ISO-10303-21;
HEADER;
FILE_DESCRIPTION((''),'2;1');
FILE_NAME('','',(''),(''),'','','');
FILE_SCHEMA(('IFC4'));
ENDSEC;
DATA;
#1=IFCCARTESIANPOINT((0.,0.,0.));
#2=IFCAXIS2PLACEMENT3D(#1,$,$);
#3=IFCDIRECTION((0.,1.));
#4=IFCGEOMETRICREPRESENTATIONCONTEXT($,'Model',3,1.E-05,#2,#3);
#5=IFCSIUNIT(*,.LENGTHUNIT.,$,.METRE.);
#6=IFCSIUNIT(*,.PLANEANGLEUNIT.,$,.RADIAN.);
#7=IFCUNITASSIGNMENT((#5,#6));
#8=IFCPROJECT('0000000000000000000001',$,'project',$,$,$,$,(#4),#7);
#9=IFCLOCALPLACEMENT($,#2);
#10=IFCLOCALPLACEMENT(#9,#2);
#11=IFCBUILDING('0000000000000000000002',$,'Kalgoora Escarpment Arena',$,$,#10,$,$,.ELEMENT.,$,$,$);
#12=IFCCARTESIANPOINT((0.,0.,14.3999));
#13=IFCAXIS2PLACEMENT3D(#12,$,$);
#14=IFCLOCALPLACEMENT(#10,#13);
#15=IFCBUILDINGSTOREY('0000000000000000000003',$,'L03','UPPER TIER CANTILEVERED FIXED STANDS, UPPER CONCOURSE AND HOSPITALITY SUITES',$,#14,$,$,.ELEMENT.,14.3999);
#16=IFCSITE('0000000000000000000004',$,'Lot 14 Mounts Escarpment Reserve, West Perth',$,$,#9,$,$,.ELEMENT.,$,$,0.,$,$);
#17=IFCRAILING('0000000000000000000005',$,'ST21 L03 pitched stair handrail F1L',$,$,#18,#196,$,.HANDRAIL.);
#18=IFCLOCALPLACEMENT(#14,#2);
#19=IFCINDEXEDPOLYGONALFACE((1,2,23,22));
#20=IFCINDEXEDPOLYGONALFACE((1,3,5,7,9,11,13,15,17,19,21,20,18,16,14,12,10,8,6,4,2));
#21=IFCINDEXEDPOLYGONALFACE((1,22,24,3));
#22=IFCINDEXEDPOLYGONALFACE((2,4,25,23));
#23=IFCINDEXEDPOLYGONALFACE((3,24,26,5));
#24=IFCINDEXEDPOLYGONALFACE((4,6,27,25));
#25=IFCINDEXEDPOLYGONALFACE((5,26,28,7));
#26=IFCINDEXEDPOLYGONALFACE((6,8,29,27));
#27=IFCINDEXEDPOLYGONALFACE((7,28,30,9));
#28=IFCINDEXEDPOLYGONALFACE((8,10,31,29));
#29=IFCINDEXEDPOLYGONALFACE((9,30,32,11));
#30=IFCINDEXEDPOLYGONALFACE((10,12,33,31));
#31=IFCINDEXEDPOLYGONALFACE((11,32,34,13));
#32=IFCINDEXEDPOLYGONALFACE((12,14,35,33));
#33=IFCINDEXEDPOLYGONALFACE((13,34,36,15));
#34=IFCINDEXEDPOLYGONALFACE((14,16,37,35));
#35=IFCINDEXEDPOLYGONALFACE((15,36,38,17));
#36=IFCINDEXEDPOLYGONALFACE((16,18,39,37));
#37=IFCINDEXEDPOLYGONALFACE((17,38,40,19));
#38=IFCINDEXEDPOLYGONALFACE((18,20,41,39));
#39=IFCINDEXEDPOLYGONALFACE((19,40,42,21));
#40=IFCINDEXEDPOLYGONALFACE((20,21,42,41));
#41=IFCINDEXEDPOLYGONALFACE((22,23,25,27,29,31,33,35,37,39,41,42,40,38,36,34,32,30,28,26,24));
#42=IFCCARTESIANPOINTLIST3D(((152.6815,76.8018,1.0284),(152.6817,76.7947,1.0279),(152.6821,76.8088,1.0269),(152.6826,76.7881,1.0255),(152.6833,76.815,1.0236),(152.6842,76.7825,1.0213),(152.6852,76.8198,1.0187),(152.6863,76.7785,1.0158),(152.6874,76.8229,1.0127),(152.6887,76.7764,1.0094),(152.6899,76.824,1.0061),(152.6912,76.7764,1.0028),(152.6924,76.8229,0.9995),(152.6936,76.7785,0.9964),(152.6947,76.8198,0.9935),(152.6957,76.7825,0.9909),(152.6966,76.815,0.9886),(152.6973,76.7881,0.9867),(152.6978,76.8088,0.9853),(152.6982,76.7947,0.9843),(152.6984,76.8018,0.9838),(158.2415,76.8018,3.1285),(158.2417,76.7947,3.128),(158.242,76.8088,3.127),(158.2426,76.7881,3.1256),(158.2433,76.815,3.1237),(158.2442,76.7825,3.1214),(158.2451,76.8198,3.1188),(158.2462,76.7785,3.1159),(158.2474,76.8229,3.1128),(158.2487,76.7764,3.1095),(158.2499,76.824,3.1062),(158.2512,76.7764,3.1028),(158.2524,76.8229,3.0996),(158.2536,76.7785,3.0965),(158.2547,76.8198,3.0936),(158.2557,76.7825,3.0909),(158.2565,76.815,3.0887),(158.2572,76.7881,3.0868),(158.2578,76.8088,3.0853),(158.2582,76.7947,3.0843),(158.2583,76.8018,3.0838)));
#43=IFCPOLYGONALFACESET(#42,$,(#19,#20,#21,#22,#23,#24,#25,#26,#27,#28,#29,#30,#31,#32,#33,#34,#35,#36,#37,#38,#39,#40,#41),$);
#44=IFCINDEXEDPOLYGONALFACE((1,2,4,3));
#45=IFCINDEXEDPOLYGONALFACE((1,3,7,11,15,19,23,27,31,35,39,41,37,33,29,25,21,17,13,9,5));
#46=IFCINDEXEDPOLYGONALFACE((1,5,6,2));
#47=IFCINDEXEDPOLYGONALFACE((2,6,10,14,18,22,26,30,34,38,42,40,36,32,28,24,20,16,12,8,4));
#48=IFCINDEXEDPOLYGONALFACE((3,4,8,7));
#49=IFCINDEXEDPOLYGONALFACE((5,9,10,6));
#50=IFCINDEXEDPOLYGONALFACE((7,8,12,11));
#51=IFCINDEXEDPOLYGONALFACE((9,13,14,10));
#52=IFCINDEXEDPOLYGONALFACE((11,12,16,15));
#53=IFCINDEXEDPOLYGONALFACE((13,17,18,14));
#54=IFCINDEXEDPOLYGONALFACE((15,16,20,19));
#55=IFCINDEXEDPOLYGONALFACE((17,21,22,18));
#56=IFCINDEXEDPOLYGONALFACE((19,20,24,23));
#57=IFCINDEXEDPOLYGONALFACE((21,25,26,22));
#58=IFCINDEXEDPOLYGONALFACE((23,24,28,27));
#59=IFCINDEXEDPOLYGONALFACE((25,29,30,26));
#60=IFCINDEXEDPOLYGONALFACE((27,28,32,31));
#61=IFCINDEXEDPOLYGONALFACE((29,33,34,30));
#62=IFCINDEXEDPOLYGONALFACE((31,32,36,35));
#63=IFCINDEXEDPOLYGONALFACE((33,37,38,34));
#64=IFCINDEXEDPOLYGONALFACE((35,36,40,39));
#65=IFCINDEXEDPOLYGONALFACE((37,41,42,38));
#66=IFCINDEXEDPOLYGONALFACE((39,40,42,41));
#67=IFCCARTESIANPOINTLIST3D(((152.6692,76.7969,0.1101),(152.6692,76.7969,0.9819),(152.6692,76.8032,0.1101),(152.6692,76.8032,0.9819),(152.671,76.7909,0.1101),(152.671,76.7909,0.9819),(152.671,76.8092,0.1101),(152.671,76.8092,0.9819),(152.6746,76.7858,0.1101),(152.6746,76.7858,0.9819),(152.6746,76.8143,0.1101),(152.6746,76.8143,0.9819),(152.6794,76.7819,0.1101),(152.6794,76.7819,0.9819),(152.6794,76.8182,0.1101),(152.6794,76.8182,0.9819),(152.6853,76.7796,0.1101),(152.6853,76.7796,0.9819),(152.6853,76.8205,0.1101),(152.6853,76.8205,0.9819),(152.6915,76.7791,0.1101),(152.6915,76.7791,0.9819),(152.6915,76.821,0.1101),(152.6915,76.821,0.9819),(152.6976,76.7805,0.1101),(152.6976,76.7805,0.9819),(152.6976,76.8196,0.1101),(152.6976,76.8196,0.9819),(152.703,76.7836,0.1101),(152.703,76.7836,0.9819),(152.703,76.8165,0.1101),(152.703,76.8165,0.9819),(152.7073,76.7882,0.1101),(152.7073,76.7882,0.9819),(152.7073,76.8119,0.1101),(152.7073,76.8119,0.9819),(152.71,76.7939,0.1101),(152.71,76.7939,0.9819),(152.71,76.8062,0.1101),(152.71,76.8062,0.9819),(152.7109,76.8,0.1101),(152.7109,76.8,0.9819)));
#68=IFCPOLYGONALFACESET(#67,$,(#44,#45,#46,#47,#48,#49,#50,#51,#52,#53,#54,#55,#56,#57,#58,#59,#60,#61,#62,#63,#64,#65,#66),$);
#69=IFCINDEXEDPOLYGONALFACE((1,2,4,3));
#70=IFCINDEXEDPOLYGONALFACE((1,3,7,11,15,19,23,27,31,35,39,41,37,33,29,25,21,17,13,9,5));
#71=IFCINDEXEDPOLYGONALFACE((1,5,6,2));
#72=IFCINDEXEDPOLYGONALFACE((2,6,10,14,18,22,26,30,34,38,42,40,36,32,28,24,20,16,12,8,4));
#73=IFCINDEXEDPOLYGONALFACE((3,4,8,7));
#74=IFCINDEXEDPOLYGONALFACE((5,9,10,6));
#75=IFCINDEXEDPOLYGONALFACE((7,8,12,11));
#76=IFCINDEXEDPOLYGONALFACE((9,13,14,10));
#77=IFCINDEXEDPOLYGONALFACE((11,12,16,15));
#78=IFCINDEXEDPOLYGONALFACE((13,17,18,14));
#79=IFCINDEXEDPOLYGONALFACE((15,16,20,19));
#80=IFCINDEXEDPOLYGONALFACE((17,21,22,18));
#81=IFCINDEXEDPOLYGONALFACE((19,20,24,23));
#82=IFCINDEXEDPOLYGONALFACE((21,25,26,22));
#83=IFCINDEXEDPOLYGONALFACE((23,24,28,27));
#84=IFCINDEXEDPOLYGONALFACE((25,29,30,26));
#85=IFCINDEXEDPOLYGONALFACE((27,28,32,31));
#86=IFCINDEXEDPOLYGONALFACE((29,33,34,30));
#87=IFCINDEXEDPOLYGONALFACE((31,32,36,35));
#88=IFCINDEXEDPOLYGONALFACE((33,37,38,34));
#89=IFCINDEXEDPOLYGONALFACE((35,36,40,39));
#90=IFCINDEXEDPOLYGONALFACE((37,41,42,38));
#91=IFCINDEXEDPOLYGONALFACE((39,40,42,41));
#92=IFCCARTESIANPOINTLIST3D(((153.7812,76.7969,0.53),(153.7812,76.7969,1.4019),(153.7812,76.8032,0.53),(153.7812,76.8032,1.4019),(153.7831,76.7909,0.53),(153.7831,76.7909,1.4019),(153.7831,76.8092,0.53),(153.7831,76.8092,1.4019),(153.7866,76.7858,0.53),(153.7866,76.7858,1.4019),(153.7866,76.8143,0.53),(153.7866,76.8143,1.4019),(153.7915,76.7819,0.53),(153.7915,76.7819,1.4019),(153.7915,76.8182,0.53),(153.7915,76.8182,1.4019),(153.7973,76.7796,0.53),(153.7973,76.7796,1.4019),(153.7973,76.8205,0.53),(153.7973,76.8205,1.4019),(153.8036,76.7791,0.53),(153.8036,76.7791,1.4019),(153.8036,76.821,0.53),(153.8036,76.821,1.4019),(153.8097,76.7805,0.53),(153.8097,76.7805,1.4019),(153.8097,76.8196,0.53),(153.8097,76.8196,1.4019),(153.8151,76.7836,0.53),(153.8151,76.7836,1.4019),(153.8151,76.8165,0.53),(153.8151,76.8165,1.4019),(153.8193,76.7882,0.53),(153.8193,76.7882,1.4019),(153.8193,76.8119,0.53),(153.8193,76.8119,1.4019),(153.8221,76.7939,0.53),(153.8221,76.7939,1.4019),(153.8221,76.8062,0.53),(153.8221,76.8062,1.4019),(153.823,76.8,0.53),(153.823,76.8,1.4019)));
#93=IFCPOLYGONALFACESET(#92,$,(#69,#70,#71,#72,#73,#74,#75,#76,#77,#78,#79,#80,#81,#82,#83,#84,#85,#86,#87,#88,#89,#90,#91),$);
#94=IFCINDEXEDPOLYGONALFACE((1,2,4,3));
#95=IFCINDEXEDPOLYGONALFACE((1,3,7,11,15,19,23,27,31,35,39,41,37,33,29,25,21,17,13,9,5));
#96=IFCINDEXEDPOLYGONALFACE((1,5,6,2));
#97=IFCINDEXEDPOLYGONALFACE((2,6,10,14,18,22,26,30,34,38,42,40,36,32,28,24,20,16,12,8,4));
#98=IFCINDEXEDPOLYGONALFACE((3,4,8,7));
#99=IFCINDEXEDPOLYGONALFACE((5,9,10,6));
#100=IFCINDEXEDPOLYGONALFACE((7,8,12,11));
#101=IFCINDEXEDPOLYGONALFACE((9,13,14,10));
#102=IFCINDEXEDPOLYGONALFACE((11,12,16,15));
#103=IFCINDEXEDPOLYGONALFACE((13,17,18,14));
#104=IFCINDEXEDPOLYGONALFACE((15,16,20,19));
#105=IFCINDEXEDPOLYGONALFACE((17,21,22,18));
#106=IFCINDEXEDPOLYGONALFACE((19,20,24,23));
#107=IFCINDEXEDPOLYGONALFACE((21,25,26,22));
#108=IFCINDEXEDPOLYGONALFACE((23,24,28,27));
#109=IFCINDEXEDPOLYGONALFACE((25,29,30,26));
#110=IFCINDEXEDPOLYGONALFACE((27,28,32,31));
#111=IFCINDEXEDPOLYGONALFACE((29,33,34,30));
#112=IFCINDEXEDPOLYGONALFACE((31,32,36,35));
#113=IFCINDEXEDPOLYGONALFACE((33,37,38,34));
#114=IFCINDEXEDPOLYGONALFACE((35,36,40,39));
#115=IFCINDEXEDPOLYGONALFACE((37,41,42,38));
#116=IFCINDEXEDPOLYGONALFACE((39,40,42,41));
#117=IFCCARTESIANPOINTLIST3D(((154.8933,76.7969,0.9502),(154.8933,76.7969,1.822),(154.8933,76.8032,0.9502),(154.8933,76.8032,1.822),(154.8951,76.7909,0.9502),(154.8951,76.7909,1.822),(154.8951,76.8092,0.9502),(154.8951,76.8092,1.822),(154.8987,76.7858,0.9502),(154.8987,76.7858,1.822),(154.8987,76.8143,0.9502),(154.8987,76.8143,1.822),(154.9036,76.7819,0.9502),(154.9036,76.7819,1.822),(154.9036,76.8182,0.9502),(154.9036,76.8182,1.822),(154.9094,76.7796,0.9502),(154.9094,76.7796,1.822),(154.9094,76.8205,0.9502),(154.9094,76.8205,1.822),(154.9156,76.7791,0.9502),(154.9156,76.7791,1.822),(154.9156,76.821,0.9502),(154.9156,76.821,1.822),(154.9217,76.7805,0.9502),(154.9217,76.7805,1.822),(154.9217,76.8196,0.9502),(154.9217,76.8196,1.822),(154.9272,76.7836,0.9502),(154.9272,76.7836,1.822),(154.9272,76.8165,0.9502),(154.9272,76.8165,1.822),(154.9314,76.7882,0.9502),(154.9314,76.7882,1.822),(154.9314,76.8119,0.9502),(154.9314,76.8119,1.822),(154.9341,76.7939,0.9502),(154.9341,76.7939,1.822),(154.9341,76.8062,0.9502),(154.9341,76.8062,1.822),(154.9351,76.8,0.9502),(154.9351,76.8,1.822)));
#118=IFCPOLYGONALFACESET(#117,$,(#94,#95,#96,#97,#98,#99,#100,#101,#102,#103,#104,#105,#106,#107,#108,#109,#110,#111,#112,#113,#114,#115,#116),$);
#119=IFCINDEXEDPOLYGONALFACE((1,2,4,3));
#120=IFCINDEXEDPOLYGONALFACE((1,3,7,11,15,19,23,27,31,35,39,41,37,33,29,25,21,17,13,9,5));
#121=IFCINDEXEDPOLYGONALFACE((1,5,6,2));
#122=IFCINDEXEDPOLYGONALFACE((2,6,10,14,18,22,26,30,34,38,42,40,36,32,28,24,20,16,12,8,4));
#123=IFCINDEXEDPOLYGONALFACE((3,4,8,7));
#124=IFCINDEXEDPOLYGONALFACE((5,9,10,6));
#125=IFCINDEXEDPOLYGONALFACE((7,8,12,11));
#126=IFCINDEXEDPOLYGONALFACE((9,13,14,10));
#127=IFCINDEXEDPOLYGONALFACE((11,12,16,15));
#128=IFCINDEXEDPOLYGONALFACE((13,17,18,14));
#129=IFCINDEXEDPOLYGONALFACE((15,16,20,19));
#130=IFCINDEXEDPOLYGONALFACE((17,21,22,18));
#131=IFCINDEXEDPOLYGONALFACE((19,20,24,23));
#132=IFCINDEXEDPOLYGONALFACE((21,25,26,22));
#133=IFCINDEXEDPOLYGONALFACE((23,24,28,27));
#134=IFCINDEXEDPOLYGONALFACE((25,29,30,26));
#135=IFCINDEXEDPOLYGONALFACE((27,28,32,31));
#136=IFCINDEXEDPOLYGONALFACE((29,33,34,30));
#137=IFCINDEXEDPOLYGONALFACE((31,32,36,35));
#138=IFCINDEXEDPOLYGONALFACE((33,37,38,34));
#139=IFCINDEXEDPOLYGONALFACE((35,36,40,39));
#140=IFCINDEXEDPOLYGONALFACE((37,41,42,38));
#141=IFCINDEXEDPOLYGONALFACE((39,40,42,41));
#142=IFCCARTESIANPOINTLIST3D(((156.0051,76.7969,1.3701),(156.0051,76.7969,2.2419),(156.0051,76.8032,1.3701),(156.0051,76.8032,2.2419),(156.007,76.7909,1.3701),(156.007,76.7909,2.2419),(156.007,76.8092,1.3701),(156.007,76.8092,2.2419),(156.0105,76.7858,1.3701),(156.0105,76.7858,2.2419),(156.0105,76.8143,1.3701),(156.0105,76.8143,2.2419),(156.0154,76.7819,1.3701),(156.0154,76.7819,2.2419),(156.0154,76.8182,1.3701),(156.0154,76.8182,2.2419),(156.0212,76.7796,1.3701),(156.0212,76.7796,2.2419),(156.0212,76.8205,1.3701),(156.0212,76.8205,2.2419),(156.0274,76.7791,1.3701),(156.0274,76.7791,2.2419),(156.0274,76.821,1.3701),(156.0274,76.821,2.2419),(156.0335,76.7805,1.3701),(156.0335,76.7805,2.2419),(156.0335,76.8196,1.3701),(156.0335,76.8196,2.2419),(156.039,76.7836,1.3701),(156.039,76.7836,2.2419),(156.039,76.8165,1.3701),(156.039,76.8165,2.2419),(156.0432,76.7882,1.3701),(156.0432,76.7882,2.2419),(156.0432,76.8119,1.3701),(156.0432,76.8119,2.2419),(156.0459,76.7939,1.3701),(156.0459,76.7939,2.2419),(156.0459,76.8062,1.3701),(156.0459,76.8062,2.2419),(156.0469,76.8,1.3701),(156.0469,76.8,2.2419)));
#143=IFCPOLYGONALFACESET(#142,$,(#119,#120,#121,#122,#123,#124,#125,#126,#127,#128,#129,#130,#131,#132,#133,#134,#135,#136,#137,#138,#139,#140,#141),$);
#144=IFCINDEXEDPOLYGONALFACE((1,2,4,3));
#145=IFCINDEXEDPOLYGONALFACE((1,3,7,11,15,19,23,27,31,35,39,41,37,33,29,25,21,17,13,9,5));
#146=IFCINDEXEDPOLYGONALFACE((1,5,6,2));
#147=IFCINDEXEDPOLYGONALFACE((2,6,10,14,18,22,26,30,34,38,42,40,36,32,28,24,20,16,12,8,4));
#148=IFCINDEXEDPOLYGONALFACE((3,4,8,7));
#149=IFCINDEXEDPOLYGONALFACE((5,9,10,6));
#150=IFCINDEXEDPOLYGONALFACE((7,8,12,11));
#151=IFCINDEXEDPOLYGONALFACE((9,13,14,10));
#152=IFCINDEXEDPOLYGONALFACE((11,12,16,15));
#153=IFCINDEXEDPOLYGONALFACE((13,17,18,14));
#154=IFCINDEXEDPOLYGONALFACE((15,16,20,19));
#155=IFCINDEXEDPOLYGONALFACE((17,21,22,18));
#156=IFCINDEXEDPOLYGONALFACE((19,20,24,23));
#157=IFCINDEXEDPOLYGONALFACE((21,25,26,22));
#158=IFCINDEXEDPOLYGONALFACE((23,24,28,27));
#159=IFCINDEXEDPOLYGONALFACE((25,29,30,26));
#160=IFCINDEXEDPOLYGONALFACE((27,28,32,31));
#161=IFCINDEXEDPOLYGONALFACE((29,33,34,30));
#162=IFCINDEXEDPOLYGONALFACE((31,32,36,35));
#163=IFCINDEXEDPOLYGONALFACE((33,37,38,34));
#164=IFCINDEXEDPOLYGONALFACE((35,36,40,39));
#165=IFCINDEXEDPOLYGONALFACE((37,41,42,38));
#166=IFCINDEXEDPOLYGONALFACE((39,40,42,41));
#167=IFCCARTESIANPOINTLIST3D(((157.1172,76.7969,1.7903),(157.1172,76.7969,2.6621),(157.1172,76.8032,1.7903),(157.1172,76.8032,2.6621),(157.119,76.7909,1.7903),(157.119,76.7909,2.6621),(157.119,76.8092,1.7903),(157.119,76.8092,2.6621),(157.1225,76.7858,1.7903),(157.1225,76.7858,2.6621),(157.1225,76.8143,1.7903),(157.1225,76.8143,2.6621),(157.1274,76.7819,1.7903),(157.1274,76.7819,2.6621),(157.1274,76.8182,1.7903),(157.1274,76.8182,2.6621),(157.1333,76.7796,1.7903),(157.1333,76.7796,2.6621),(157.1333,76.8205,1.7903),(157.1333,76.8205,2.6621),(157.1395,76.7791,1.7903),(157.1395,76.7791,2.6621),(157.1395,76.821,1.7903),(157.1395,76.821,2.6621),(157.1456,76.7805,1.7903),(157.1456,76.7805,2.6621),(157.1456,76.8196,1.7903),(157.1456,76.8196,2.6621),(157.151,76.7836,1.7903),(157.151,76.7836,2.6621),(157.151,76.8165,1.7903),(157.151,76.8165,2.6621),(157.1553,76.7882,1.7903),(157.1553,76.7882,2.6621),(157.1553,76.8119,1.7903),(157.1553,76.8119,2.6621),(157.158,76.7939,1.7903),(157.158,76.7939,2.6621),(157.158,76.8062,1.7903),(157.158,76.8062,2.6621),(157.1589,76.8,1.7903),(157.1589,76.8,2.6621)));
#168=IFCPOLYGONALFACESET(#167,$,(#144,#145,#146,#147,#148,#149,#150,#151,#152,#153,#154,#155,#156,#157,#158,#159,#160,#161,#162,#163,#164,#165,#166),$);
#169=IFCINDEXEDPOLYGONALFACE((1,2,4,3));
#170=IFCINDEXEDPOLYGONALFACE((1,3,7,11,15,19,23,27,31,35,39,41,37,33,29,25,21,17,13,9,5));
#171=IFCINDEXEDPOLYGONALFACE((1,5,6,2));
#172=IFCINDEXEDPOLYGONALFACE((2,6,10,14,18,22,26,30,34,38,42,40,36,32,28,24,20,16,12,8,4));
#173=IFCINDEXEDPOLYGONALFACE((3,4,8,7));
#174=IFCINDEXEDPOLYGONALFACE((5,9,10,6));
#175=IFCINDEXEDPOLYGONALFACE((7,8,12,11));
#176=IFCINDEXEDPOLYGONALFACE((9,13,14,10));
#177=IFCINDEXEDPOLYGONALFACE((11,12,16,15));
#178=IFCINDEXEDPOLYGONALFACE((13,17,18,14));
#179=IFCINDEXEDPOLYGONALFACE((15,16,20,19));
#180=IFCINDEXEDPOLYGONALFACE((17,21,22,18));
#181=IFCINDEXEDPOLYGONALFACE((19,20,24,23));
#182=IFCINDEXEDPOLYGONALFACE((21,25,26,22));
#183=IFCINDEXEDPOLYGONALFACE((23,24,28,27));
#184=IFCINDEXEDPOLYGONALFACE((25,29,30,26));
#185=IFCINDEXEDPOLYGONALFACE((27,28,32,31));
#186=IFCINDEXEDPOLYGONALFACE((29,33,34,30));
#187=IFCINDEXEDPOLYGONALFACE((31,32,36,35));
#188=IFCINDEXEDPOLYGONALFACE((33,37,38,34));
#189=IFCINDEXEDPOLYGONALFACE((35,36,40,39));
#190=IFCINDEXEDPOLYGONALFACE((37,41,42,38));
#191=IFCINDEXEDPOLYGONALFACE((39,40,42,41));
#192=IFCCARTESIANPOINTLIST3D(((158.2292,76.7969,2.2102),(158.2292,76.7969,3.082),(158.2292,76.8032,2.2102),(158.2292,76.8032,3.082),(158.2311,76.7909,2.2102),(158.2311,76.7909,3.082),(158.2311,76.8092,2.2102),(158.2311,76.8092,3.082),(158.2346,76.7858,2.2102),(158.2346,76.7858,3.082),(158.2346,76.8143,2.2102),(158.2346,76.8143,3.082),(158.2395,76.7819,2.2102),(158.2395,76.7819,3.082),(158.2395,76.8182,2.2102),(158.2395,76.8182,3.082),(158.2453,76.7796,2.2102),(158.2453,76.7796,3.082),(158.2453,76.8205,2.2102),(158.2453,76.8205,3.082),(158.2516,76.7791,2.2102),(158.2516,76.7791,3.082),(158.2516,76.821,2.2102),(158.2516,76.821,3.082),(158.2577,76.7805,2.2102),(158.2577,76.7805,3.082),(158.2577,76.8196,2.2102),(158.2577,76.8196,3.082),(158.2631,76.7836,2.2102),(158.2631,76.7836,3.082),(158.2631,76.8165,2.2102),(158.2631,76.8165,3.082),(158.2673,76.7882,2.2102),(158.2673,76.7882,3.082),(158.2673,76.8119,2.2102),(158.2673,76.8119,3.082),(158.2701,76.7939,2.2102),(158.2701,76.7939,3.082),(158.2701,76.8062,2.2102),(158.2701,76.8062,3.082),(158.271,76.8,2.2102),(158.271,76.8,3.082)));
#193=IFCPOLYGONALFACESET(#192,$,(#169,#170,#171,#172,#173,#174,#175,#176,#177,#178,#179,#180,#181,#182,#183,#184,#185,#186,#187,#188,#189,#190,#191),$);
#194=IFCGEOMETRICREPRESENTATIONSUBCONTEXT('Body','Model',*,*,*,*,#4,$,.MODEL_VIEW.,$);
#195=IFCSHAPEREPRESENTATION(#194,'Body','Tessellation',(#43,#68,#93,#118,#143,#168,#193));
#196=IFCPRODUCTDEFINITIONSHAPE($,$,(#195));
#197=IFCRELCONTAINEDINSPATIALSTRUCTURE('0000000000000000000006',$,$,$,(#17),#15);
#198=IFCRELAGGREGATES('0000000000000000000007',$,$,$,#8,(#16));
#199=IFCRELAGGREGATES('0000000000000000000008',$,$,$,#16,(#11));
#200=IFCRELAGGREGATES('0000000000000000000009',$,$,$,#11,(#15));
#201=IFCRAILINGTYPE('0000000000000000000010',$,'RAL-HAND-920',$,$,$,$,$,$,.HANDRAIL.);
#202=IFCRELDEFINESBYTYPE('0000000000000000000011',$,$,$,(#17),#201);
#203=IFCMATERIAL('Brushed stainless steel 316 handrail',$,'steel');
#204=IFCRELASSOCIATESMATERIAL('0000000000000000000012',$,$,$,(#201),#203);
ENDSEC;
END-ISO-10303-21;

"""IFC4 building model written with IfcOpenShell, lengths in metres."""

from ifc_helpers import new_model, si_unit, direction, frame, origin, origin_2d, place, context, subcontext, project, spatial, circle, extrude, material, type_object, element, save


model = new_model("IFC4")

# Units and contexts
model_context = context("Model", 3, precision=1e-05, world=origin(), true_north=direction((0.0, 1.0)))
body_context = subcontext(model_context, "Body", "Model", "MODEL_VIEW")
ifc_project = project(units=[si_unit("LENGTHUNIT", "METRE"), si_unit("PLANEANGLEUNIT", "RADIAN")], contexts=[model_context])

# Site, building, storey
site_placement = place(None, origin())
site = spatial("IfcSite", under=ifc_project, at=site_placement, Name="Lot 14 Mounts Escarpment Reserve, West Perth", CompositionType="ELEMENT", RefElevation=0.0)
building_placement = place(site_placement, origin())
building = spatial("IfcBuilding", under=site, at=building_placement, Name="Kalgoora Escarpment Arena", CompositionType="ELEMENT")
storey_placement = place(building_placement, frame((0.0, 0.0, 14.3999)))
storey = spatial("IfcBuildingStorey", under=building, at=storey_placement, Name="L03", Description="UPPER TIER CANTILEVERED FIXED STANDS, UPPER CONCOURSE AND HOSPITALITY SUITES", CompositionType="ELEMENT", Elevation=14.3999)

# Railing
ifc_material_1 = material(Name="Brushed stainless steel 316 handrail", Category="steel")
railing_type_1 = type_object("IfcRailingType", Name="RAL-HAND-920", PredefinedType="HANDRAIL", material=ifc_material_1)
for number, where, name in (
    (1, (152.6899, 76.8, 0.1101), "ST21 L03 pitched stair handrail F1L"),
):
    element("IfcRailing", number, at=place(storey_placement, frame(where)), inside=storey, type_object=railing_type_1, Name=name, PredefinedType="HANDRAIL", context=body_context, shape_type="SweptSolid", body=[
        extrude(circle(Radius=0.0239, at=origin_2d()), frame((0.0, 0.0, 0.896), z_axis=(0.935493, 0.0, 0.353346), x_axis=(0.0, 1.0, 0.0)), (0.0, 0.0, 1.0), 5.9434),
        extrude(circle(Radius=0.021, at=origin_2d()), origin(), (0.0, 0.0, 1.0), 0.8718),
        extrude(circle(Radius=0.021, at=origin_2d()), frame((1.1121, 0.0, 0.4199)), (0.0, 0.0, 1.0), 0.8718),
        extrude(circle(Radius=0.021, at=origin_2d()), frame((2.2241, 0.0, 0.8401)), (0.0, 0.0, 1.0), 0.8718),
        extrude(circle(Radius=0.021, at=origin_2d()), frame((3.3359, 0.0, 1.26)), (0.0, 0.0, 1.0), 0.8718),
        extrude(circle(Radius=0.021, at=origin_2d()), frame((4.448, 0.0, 1.6802)), (0.0, 0.0, 1.0), 0.8718),
        extrude(circle(Radius=0.021, at=origin_2d()), frame((5.5601, 0.0, 2.1001)), (0.0, 0.0, 1.0), 0.8718),
    ])

save(model, "model.ifc")
